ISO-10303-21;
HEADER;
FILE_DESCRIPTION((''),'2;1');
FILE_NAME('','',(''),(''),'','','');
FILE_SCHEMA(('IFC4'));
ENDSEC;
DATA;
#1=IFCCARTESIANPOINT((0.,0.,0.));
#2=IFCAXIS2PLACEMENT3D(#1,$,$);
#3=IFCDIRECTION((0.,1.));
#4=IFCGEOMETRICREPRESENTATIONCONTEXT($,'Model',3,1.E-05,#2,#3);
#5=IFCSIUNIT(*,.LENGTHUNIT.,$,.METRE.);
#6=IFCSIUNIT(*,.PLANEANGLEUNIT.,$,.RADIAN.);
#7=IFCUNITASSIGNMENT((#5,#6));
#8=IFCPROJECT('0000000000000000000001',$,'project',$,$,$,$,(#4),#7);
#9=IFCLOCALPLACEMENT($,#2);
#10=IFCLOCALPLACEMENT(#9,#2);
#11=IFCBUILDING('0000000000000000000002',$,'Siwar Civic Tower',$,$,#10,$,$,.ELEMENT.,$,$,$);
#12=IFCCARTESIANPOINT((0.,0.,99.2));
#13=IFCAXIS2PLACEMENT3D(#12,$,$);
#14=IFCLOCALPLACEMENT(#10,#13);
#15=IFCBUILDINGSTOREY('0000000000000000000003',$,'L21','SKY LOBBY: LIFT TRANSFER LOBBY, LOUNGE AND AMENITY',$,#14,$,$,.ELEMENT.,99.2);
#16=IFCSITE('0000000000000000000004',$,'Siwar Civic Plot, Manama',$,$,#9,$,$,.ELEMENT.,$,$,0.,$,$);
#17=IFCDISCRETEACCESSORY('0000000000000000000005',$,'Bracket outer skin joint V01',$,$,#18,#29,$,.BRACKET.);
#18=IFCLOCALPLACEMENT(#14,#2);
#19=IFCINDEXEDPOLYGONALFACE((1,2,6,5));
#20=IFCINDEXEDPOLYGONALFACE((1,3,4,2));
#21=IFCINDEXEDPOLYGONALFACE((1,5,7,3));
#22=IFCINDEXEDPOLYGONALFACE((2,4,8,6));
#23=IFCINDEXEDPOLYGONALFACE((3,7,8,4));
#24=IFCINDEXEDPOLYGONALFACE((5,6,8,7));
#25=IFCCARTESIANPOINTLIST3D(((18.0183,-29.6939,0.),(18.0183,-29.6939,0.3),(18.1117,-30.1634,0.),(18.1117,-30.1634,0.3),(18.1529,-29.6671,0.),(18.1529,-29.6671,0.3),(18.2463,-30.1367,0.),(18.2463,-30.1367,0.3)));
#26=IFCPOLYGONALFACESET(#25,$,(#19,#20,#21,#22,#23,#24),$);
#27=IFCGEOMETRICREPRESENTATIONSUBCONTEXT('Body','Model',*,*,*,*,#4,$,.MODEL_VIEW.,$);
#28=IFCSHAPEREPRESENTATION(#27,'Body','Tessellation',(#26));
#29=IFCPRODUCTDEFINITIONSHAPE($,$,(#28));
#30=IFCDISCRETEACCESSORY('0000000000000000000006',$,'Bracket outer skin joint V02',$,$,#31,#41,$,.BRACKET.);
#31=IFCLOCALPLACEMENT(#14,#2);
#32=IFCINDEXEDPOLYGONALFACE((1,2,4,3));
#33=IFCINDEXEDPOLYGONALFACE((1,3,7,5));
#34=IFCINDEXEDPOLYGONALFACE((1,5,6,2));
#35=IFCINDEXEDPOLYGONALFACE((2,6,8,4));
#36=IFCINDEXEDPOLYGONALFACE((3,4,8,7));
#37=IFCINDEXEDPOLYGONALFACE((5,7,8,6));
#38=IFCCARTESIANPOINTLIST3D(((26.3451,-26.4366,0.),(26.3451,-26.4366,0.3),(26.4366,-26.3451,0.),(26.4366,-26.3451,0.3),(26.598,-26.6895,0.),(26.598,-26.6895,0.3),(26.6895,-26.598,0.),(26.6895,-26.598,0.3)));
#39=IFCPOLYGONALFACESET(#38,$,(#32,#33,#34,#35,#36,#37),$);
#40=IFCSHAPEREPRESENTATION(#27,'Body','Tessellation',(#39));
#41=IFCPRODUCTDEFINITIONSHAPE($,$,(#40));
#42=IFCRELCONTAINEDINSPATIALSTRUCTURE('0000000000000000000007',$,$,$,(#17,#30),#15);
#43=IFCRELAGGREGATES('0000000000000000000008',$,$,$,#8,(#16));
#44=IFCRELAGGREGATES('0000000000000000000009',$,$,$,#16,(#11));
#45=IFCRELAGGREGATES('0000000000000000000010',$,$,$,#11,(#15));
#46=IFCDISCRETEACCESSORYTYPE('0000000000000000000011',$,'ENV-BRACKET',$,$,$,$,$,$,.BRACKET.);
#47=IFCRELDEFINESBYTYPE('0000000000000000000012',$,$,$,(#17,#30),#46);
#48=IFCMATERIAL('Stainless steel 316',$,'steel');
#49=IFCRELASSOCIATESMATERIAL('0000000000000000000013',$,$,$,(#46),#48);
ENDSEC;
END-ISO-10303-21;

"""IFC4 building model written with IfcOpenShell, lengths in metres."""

from ifc_helpers import new_model, si_unit, direction, frame, origin, origin_2d, place, context, subcontext, project, spatial, rectangle, extrude, material, type_object, element, save


model = new_model("IFC4")

# Units and contexts
model_context = context("Model", 3, precision=1e-05, world=origin(), true_north=direction((0.0, 1.0)))
body_context = subcontext(model_context, "Body", "Model", "MODEL_VIEW")
ifc_project = project(units=[si_unit("LENGTHUNIT", "METRE"), si_unit("PLANEANGLEUNIT", "RADIAN")], contexts=[model_context])

# Site, building, storey
site_placement = place(None, origin())
site = spatial("IfcSite", under=ifc_project, at=site_placement, Name="Siwar Civic Plot, Manama", CompositionType="ELEMENT", RefElevation=0.0)
building_placement = place(site_placement, origin())
building = spatial("IfcBuilding", under=site, at=building_placement, Name="Siwar Civic Tower", CompositionType="ELEMENT")
storey_placement = place(building_placement, frame((0.0, 0.0, 99.2)))
storey = spatial("IfcBuildingStorey", under=building, at=storey_placement, Name="L21", Description="SKY LOBBY: LIFT TRANSFER LOBBY, LOUNGE AND AMENITY", CompositionType="ELEMENT", Elevation=99.2)

# Discrete accessories
ifc_material_1 = material(Name="Stainless steel 316", Category="steel")
discrete_accessory_type = type_object("IfcDiscreteAccessoryType", Name="ENV-BRACKET", PredefinedType="BRACKET", material=ifc_material_1)
discrete_accessory_1_placement = place(storey_placement, frame((18.1323, -29.9153, 0.0), z_axis=(0.0, 0.0, 1.0), x_axis=(0.19509, -0.980785, 0.0)))
element("IfcDiscreteAccessory", 1, at=discrete_accessory_1_placement, inside=storey, type_object=discrete_accessory_type, Name="Bracket outer skin joint V01", PredefinedType="BRACKET", context=body_context, shape_type="SweptSolid", body=[
    extrude(rectangle(XDim=0.4788, YDim=0.1372, at=origin_2d()), origin(), (0.0, 0.0, 1.0), 0.3),
])
discrete_accessory_2_placement = place(storey_placement, frame((26.5173, -26.5173, 0.0), z_axis=(0.0, 0.0, 1.0), x_axis=(0.707107, -0.707107, 0.0)))
element("IfcDiscreteAccessory", 2, at=discrete_accessory_2_placement, inside=storey, type_object=discrete_accessory_type, Name="Bracket outer skin joint V02", PredefinedType="BRACKET", context=body_context, shape_type="SweptSolid", body=[
    extrude(rectangle(XDim=0.3577, YDim=0.1294, at=origin_2d()), origin(), (0.0, 0.0, 1.0), 0.3),
])

save(model, "model.ifc")
